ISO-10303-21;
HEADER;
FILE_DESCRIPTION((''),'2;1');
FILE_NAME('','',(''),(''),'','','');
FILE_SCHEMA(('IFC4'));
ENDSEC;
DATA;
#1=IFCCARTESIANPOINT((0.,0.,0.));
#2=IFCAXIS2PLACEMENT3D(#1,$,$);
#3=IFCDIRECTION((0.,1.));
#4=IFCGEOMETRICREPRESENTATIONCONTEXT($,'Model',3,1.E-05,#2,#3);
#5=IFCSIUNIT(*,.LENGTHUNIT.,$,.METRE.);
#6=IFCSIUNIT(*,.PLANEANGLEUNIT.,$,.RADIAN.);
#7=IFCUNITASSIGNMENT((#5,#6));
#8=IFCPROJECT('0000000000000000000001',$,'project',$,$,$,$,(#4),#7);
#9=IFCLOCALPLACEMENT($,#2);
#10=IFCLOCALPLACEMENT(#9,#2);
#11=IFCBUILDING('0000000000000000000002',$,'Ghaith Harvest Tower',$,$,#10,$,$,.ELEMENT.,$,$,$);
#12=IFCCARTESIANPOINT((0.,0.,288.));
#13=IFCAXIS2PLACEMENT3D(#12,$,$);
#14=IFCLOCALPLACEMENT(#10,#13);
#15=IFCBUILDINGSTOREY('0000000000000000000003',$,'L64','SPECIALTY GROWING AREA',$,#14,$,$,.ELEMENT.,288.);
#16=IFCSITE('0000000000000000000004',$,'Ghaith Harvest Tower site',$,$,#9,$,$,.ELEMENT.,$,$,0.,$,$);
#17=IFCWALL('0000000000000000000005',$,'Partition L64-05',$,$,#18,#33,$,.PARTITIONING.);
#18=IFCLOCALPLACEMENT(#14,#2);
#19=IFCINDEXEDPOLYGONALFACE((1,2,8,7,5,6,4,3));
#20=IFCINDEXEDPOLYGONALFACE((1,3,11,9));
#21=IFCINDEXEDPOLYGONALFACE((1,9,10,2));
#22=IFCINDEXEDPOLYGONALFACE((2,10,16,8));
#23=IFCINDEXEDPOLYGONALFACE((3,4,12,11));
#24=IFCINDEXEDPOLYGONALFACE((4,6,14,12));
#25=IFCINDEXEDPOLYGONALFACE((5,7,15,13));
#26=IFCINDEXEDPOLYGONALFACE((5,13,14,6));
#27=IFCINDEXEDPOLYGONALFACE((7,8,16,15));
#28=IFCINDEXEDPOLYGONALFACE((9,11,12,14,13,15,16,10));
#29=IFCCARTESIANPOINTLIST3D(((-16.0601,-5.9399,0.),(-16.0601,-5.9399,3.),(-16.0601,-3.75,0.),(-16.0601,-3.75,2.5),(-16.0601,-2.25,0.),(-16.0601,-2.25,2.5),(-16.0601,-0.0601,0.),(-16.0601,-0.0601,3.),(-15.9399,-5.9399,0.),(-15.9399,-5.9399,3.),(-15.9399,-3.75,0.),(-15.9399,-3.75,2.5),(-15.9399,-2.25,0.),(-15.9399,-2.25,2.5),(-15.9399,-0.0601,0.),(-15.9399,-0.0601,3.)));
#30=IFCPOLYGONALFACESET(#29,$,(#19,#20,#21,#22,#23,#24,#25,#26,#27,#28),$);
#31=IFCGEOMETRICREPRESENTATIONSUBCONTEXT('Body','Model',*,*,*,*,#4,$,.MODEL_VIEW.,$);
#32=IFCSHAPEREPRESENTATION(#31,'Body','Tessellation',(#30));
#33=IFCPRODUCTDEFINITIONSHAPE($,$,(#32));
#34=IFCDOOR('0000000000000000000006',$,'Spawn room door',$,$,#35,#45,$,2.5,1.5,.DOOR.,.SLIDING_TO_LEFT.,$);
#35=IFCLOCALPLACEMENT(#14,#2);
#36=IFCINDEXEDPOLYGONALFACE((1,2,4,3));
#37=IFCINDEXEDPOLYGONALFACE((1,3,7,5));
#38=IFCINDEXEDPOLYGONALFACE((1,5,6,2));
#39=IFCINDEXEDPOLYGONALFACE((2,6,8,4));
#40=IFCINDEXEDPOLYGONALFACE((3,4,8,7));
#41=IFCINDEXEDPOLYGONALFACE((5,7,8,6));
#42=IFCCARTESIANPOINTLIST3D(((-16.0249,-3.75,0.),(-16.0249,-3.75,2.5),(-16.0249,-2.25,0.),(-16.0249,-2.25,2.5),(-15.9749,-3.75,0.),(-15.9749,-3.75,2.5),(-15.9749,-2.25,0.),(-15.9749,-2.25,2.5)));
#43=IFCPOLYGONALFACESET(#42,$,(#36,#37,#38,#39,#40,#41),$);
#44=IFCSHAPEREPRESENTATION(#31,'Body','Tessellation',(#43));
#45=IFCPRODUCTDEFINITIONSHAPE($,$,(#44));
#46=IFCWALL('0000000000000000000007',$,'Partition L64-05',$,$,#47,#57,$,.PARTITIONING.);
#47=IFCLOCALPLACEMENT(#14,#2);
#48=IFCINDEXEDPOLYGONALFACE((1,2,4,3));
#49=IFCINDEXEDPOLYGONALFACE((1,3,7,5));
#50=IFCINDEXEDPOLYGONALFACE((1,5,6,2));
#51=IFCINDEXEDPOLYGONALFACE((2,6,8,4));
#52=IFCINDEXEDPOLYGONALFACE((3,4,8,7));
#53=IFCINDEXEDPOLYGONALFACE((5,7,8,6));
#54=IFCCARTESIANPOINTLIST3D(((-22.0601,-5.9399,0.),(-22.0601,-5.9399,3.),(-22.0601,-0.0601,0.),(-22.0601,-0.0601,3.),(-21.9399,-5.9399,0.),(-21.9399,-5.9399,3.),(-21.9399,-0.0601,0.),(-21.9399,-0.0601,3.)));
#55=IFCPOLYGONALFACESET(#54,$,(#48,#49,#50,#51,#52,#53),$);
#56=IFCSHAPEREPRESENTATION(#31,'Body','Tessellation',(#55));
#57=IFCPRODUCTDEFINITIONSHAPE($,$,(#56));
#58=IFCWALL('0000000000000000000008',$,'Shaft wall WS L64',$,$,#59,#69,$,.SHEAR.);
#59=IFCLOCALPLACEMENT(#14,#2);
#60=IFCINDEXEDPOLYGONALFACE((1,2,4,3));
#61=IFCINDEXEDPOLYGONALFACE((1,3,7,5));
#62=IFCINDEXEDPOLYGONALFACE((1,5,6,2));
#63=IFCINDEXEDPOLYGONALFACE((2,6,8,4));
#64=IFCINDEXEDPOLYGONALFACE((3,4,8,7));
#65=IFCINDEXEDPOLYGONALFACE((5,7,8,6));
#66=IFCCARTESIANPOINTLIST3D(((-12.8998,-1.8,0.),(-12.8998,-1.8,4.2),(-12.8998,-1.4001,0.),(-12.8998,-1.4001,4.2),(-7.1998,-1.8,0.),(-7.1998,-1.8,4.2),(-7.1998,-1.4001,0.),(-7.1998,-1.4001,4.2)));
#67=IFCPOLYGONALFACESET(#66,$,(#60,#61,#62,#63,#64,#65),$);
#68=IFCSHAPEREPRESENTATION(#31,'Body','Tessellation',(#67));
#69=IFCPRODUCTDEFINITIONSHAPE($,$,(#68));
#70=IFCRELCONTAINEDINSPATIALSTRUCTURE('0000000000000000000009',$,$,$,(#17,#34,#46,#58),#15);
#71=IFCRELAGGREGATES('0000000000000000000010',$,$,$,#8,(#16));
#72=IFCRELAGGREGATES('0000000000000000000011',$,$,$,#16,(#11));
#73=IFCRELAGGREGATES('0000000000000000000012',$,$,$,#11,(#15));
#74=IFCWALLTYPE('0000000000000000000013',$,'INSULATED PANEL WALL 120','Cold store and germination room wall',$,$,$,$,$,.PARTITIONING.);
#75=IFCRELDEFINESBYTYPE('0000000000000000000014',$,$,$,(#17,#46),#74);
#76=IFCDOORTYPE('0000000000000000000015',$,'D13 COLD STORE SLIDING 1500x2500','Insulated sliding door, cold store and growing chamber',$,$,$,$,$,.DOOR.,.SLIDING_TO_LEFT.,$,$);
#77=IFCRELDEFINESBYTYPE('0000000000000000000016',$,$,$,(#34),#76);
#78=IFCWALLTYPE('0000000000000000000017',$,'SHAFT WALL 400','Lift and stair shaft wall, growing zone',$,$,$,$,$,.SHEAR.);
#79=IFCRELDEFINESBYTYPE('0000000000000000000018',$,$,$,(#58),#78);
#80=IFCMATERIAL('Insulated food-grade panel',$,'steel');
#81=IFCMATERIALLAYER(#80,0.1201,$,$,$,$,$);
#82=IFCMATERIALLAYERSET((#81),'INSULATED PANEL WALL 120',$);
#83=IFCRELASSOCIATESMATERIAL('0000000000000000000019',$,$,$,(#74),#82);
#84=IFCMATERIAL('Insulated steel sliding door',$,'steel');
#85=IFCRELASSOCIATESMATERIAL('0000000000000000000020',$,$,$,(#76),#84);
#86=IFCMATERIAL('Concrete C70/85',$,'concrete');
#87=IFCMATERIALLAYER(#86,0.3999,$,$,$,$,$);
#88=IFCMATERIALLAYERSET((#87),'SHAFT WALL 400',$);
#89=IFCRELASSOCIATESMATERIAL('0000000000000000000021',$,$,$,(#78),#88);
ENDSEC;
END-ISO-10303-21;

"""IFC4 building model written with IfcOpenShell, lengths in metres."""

from ifc_helpers import new_model, si_unit, direction, frame, frame_2d, origin, place, context, subcontext, project, spatial, rectangle, extrude, material, layer, layer_set, type_object, element, fill, save


model = new_model("IFC4")

# Units and contexts
model_context = context("Model", 3, precision=1e-05, world=origin(), true_north=direction((0.0, 1.0)))
body_context = subcontext(model_context, "Body", "Model", "MODEL_VIEW")
ifc_project = project(units=[si_unit("LENGTHUNIT", "METRE"), si_unit("PLANEANGLEUNIT", "RADIAN")], contexts=[model_context])

# Site, building, storey
site_placement = place(None, origin())
site = spatial("IfcSite", under=ifc_project, at=site_placement, Name="Ghaith Harvest Tower site", CompositionType="ELEMENT", RefElevation=0.0)
building_placement = place(site_placement, origin())
building = spatial("IfcBuilding", under=site, at=building_placement, Name="Ghaith Harvest Tower", CompositionType="ELEMENT")
storey_placement = place(building_placement, frame((0.0, 0.0, 288.0)))
storey = spatial("IfcBuildingStorey", under=building, at=storey_placement, Name="L64", Description="SPECIALTY GROWING AREA", CompositionType="ELEMENT", Elevation=288.0)

# Shared definitions
ifc_material_1 = material(Name="Insulated food-grade panel", Category="steel")
ifc_layer_1 = layer(ifc_material_1, 0.1201)
ifc_layer_set_1 = layer_set([ifc_layer_1], Name="INSULATED PANEL WALL 120")
wall_type_1 = type_object("IfcWallType", Name="INSULATED PANEL WALL 120", Description="Cold store and germination room wall", PredefinedType="PARTITIONING", material=ifc_layer_set_1)

# Wall, opening, door
wall_1_placement = place(storey_placement, frame((-16.0, -5.9399, 0.0), z_axis=(0.0, 0.0, 1.0), x_axis=(0.0, 1.0, 0.0)))
wall_1 = element("IfcWall", 1, at=wall_1_placement, inside=storey, type_object=wall_type_1, Name="Partition L64-05", PredefinedType="PARTITIONING", context=body_context, shape_type="SweptSolid", body=[
    extrude(rectangle(XDim=5.8799, YDim=0.1201, at=frame_2d((2.9399, 0.0))), origin(), (0.0, 0.0, 1.0), 3.0),
])
opening_1_placement = place(wall_1_placement, frame((2.1899, 0.0, 0.0)))
opening_1 = element("IfcOpeningElement", 2, at=opening_1_placement, cuts=wall_1, PredefinedType="OPENING", context=body_context, shape_type="SweptSolid", body=[
    extrude(rectangle(XDim=1.5, YDim=2.5, at=frame_2d((0.75, 1.25))), frame((0.0, 0.0701, 0.0), z_axis=(0.0, -1.0, 0.0), x_axis=(1.0, 0.0, 0.0)), (0.0, 0.0, 1.0), 0.1401),
])
ifc_material_2 = material(Name="Insulated steel sliding door", Category="steel")
door_type_1 = type_object("IfcDoorType", Name="D13 COLD STORE SLIDING 1500x2500", Description="Insulated sliding door, cold store and growing chamber", OperationType="SLIDING_TO_LEFT", PredefinedType="DOOR", material=ifc_material_2)
door_1_placement = place(opening_1_placement, origin())
door_1 = element("IfcDoor", 3, at=door_1_placement, inside=storey, type_object=door_type_1, Name="Spawn room door", OperationType="SLIDING_TO_LEFT", OverallHeight=2.5, OverallWidth=1.5, PredefinedType="DOOR", context=body_context, shape_type="SweptSolid", body=[
    extrude(rectangle(XDim=1.5, YDim=2.5, at=frame_2d((0.75, 1.25))), frame((0.0, 0.0249, 0.0), z_axis=(0.0, -1.0, 0.0), x_axis=(1.0, 0.0, 0.0)), (0.0, 0.0, 1.0), 0.05),
])
fill(opening_1, door_1)

# Wall
wall_2_placement = place(storey_placement, frame((-22.0, -5.9399, 0.0), z_axis=(0.0, 0.0, 1.0), x_axis=(0.0, 1.0, 0.0)))
element("IfcWall", 4, at=wall_2_placement, inside=storey, type_object=wall_type_1, Name="Partition L64-05", PredefinedType="PARTITIONING", context=body_context, shape_type="SweptSolid", body=[
    extrude(rectangle(XDim=5.8799, YDim=0.1201, at=frame_2d((2.9399, 0.0))), origin(), (0.0, 0.0, 1.0), 3.0),
])

# Wall
ifc_material_3 = material(Name="Concrete C70/85", Category="concrete")
ifc_layer_2 = layer(ifc_material_3, 0.3999)
ifc_layer_set_2 = layer_set([ifc_layer_2], Name="SHAFT WALL 400")
wall_type_2 = type_object("IfcWallType", Name="SHAFT WALL 400", Description="Lift and stair shaft wall, growing zone", PredefinedType="SHEAR", material=ifc_layer_set_2)
wall_3_placement = place(storey_placement, frame((-12.8999, -1.6001, 0.0), z_axis=(0.0, 0.0, 1.0), x_axis=(1.0, 0.0, 0.0)))
element("IfcWall", 5, at=wall_3_placement, inside=storey, type_object=wall_type_2, Name="Shaft wall WS L64", PredefinedType="SHEAR", context=body_context, shape_type="SweptSolid", body=[
    extrude(rectangle(XDim=5.7, YDim=0.3999, at=frame_2d((2.8501, 0.0))), origin(), (0.0, 0.0, 1.0), 4.2),
])

save(model, "model.ifc")
